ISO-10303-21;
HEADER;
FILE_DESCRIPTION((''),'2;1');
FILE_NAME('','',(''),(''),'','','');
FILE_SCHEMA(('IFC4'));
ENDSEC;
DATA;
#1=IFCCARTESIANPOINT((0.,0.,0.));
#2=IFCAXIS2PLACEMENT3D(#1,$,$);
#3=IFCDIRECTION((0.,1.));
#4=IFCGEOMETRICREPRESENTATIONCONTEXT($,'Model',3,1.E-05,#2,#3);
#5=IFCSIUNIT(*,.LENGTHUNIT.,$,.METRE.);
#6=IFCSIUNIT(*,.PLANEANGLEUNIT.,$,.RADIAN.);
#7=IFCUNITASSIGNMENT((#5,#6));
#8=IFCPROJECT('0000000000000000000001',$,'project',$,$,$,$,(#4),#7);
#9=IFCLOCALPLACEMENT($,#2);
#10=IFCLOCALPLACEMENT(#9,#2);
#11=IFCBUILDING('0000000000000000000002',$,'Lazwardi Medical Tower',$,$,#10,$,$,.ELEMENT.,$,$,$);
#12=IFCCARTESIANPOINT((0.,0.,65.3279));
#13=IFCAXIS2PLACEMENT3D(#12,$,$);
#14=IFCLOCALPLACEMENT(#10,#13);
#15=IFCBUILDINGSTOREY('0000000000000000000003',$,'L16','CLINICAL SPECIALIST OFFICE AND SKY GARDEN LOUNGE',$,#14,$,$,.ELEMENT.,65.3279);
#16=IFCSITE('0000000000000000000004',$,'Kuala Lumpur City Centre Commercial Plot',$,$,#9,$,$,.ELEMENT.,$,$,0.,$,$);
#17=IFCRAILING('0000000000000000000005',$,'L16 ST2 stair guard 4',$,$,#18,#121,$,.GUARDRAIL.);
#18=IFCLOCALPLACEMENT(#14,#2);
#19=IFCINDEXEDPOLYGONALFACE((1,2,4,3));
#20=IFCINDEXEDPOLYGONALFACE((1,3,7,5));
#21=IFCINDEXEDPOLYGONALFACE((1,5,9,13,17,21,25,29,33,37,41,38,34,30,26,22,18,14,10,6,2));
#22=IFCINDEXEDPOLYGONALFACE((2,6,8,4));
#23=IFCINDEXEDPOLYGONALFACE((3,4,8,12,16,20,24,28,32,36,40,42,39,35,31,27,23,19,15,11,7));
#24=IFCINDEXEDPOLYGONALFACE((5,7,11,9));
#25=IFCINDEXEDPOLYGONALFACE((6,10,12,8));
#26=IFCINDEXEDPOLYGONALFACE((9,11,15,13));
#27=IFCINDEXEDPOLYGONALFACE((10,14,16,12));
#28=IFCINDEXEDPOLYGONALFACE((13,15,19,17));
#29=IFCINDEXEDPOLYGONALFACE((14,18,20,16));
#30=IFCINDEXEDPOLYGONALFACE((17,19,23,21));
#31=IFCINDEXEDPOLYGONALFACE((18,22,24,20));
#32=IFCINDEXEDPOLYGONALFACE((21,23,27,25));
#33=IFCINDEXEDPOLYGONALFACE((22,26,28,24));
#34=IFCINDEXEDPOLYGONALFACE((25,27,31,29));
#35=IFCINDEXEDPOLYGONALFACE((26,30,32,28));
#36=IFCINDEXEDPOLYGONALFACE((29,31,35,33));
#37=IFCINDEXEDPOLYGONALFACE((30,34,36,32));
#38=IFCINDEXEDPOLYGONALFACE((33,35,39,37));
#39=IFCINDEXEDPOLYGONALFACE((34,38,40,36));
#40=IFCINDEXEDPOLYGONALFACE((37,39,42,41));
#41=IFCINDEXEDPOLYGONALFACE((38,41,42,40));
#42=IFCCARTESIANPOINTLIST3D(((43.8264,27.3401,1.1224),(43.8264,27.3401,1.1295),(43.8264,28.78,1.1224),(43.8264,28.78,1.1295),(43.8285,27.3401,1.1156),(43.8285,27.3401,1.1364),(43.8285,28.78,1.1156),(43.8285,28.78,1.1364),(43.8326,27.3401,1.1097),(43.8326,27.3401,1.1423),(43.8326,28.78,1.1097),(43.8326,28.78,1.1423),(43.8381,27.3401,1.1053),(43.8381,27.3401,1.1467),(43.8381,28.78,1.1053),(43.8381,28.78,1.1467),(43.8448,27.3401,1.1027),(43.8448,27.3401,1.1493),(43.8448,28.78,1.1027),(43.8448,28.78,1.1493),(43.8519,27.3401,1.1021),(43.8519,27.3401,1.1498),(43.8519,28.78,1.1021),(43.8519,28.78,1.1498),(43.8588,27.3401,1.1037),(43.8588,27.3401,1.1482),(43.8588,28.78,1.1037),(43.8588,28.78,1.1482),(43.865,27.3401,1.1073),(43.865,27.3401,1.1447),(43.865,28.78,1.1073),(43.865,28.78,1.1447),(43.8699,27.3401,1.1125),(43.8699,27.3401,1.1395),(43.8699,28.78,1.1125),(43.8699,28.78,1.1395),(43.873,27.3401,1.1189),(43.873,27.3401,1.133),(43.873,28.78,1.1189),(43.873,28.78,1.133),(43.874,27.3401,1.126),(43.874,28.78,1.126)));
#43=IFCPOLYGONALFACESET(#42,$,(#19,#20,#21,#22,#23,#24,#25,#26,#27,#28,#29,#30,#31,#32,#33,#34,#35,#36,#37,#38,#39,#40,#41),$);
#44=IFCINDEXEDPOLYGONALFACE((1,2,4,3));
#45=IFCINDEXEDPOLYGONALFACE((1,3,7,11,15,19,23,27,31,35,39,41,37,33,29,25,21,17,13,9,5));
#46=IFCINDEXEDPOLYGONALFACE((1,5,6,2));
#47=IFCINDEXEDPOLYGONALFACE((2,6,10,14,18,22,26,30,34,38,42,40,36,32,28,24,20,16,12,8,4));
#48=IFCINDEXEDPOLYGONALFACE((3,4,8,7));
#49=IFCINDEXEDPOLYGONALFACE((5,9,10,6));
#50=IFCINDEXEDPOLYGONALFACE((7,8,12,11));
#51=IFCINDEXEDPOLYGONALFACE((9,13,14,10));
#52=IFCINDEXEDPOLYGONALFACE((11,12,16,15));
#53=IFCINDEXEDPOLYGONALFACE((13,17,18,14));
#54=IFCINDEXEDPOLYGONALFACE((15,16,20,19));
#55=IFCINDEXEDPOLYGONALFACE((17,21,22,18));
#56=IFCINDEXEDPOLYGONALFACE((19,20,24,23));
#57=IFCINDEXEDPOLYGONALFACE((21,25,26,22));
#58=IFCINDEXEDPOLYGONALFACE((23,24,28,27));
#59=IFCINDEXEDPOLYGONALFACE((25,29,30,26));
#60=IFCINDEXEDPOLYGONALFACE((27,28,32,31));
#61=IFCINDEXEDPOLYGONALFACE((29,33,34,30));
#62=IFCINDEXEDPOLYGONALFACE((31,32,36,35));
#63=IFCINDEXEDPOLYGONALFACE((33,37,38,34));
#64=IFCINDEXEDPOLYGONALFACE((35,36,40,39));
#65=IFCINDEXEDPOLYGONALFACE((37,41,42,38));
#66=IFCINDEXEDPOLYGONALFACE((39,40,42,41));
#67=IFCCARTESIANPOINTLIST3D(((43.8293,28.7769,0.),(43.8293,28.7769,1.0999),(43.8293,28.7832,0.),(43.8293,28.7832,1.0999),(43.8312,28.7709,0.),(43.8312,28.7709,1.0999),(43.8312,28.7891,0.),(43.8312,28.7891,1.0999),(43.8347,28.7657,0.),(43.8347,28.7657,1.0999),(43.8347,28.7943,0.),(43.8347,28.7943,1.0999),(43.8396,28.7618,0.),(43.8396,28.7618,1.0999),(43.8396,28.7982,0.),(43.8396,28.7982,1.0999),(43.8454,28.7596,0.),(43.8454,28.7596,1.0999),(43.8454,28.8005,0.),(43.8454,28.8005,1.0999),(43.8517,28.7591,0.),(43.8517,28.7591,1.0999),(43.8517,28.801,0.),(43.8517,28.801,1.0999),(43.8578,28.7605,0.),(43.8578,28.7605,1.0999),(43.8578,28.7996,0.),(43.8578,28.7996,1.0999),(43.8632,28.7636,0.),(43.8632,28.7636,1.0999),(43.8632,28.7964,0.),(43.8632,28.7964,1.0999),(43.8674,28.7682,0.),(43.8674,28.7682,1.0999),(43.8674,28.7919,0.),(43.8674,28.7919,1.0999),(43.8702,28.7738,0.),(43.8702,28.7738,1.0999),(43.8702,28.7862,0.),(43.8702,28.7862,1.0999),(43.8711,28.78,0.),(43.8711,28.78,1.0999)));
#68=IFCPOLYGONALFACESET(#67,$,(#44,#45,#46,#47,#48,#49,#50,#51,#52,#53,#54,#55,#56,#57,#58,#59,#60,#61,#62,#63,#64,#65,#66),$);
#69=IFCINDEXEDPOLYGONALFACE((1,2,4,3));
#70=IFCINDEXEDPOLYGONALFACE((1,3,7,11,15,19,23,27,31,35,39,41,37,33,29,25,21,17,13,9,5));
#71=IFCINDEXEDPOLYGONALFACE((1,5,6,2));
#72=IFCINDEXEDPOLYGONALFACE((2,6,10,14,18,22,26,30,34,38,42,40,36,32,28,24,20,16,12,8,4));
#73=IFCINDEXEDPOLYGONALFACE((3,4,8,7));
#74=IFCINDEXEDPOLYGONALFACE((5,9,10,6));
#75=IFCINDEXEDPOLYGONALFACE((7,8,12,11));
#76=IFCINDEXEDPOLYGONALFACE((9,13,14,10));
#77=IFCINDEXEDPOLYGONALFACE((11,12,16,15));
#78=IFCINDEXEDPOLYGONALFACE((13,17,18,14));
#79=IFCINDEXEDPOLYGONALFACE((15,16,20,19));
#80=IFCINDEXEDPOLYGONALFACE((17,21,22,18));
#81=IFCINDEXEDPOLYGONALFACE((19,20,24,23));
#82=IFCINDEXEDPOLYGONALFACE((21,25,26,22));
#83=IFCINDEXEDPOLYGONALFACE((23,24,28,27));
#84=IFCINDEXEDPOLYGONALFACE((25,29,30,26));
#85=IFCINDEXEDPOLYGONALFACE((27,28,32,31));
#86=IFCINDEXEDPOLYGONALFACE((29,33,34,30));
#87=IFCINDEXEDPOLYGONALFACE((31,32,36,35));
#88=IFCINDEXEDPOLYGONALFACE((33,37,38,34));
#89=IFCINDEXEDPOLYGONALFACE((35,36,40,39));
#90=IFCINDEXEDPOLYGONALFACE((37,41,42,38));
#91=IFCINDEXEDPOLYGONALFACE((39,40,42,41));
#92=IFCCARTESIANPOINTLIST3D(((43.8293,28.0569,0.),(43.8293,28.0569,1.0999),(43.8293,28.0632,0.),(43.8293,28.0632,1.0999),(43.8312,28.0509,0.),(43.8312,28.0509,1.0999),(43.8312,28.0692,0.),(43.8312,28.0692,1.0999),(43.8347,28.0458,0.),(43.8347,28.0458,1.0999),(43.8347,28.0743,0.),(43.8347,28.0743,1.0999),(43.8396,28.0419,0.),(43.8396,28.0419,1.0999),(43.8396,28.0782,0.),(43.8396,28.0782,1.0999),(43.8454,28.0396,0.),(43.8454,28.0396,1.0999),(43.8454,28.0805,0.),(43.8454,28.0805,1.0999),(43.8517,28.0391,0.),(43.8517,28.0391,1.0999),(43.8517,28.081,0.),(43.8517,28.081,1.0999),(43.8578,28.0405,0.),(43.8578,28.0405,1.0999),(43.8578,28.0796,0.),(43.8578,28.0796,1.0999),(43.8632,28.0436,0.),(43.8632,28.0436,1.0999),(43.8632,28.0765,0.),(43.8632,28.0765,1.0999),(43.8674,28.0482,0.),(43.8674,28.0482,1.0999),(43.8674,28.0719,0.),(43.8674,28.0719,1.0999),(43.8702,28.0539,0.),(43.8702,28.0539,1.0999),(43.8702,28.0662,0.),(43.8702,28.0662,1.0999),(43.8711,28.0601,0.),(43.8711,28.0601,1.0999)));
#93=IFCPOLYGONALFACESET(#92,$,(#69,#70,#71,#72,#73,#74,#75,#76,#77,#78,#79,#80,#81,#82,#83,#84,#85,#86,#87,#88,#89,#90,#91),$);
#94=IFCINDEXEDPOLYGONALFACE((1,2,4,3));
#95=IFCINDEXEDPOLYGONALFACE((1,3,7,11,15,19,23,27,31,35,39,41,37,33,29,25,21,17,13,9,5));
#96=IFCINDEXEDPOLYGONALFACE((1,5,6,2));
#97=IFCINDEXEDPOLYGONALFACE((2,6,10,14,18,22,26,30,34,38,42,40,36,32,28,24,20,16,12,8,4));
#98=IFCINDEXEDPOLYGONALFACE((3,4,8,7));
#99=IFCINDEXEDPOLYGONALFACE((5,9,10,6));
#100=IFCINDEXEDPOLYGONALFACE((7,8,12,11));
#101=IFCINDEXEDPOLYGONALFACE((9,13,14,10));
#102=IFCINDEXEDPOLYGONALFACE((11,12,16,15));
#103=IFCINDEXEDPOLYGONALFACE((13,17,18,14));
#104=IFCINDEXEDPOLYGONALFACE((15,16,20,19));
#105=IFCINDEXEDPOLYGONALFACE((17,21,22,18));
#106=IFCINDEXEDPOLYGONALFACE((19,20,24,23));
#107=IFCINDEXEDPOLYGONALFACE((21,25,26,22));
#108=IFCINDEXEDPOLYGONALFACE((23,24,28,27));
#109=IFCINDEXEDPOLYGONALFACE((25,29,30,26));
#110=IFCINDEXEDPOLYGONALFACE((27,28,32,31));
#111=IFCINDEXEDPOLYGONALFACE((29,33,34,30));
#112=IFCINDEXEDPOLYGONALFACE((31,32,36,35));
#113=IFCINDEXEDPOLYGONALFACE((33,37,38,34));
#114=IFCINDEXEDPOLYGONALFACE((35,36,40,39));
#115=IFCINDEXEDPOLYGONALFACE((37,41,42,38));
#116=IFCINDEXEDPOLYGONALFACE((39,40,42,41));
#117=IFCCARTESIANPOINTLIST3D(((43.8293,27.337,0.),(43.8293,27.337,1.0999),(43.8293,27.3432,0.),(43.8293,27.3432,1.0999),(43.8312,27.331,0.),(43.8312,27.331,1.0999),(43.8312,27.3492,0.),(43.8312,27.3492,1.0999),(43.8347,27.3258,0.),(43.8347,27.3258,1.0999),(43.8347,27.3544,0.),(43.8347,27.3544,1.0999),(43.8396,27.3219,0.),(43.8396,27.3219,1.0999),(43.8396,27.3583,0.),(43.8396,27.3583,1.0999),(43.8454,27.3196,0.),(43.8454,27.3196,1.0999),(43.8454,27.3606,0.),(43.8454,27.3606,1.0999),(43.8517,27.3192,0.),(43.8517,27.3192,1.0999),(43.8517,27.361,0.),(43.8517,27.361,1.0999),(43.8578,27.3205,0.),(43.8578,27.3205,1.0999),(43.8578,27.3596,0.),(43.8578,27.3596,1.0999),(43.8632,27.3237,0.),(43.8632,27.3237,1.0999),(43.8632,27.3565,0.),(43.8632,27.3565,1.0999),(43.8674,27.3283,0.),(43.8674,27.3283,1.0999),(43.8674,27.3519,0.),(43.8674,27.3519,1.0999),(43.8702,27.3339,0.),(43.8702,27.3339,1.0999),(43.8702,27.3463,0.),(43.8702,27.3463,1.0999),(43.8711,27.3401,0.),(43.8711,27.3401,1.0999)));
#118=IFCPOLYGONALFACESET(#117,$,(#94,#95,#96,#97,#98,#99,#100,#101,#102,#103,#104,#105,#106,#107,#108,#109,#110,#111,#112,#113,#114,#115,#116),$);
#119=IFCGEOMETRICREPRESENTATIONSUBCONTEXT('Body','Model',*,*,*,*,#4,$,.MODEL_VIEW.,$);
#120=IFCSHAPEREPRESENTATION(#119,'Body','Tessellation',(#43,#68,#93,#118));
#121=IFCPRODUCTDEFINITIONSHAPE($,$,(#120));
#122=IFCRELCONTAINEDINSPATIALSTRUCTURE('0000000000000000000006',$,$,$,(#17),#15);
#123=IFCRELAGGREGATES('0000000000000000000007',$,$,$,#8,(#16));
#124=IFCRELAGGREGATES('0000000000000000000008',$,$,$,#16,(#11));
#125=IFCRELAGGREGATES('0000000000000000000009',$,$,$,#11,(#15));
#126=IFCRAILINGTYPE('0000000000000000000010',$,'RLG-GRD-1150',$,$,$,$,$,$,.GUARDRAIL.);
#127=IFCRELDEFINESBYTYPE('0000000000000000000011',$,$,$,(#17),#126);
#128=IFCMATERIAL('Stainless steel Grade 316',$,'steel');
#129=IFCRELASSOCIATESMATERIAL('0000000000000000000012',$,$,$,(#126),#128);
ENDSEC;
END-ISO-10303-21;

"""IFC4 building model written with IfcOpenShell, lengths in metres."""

from ifc_helpers import new_model, si_unit, direction, frame, origin, origin_2d, place, context, subcontext, project, spatial, circle, extrude, material, type_object, element, save


model = new_model("IFC4")

# Units and contexts
model_context = context("Model", 3, precision=1e-05, world=origin(), true_north=direction((0.0, 1.0)))
body_context = subcontext(model_context, "Body", "Model", "MODEL_VIEW")
ifc_project = project(units=[si_unit("LENGTHUNIT", "METRE"), si_unit("PLANEANGLEUNIT", "RADIAN")], contexts=[model_context])

# Site, building, storey
site_placement = place(None, origin())
site = spatial("IfcSite", under=ifc_project, at=site_placement, Name="Kuala Lumpur City Centre Commercial Plot", CompositionType="ELEMENT", RefElevation=0.0)
building_placement = place(site_placement, origin())
building = spatial("IfcBuilding", under=site, at=building_placement, Name="Lazwardi Medical Tower", CompositionType="ELEMENT")
storey_placement = place(building_placement, frame((0.0, 0.0, 65.3279)))
storey = spatial("IfcBuildingStorey", under=building, at=storey_placement, Name="L16", Description="CLINICAL SPECIALIST OFFICE AND SKY GARDEN LOUNGE", CompositionType="ELEMENT", Elevation=65.3279)

# Railing
ifc_material_1 = material(Name="Stainless steel Grade 316", Category="steel")
railing_type_1 = type_object("IfcRailingType", Name="RLG-GRD-1150", PredefinedType="GUARDRAIL", material=ifc_material_1)
railing_1_placement = place(storey_placement, frame((43.8501, 28.78, 0.0)))
element("IfcRailing", 1, at=railing_1_placement, inside=storey, type_object=railing_type_1, Name="L16 ST2 stair guard 4", PredefinedType="GUARDRAIL", context=body_context, shape_type="SweptSolid", body=[
    extrude(circle(Radius=0.0239, at=origin_2d()), frame((0.0, 0.0, 1.126), z_axis=(0.0, -1.0, 0.0), x_axis=(1.0, 0.0, 0.0)), (0.0, 0.0, 1.0), 1.4399),
    extrude(circle(Radius=0.021, at=origin_2d()), origin(), (0.0, 0.0, 1.0), 1.0999),
    extrude(circle(Radius=0.021, at=origin_2d()), frame((0.0, -0.72, 0.0)), (0.0, 0.0, 1.0), 1.0999),
    extrude(circle(Radius=0.021, at=origin_2d()), frame((0.0, -1.4399, 0.0)), (0.0, 0.0, 1.0), 1.0999),
])

save(model, "model.ifc")
